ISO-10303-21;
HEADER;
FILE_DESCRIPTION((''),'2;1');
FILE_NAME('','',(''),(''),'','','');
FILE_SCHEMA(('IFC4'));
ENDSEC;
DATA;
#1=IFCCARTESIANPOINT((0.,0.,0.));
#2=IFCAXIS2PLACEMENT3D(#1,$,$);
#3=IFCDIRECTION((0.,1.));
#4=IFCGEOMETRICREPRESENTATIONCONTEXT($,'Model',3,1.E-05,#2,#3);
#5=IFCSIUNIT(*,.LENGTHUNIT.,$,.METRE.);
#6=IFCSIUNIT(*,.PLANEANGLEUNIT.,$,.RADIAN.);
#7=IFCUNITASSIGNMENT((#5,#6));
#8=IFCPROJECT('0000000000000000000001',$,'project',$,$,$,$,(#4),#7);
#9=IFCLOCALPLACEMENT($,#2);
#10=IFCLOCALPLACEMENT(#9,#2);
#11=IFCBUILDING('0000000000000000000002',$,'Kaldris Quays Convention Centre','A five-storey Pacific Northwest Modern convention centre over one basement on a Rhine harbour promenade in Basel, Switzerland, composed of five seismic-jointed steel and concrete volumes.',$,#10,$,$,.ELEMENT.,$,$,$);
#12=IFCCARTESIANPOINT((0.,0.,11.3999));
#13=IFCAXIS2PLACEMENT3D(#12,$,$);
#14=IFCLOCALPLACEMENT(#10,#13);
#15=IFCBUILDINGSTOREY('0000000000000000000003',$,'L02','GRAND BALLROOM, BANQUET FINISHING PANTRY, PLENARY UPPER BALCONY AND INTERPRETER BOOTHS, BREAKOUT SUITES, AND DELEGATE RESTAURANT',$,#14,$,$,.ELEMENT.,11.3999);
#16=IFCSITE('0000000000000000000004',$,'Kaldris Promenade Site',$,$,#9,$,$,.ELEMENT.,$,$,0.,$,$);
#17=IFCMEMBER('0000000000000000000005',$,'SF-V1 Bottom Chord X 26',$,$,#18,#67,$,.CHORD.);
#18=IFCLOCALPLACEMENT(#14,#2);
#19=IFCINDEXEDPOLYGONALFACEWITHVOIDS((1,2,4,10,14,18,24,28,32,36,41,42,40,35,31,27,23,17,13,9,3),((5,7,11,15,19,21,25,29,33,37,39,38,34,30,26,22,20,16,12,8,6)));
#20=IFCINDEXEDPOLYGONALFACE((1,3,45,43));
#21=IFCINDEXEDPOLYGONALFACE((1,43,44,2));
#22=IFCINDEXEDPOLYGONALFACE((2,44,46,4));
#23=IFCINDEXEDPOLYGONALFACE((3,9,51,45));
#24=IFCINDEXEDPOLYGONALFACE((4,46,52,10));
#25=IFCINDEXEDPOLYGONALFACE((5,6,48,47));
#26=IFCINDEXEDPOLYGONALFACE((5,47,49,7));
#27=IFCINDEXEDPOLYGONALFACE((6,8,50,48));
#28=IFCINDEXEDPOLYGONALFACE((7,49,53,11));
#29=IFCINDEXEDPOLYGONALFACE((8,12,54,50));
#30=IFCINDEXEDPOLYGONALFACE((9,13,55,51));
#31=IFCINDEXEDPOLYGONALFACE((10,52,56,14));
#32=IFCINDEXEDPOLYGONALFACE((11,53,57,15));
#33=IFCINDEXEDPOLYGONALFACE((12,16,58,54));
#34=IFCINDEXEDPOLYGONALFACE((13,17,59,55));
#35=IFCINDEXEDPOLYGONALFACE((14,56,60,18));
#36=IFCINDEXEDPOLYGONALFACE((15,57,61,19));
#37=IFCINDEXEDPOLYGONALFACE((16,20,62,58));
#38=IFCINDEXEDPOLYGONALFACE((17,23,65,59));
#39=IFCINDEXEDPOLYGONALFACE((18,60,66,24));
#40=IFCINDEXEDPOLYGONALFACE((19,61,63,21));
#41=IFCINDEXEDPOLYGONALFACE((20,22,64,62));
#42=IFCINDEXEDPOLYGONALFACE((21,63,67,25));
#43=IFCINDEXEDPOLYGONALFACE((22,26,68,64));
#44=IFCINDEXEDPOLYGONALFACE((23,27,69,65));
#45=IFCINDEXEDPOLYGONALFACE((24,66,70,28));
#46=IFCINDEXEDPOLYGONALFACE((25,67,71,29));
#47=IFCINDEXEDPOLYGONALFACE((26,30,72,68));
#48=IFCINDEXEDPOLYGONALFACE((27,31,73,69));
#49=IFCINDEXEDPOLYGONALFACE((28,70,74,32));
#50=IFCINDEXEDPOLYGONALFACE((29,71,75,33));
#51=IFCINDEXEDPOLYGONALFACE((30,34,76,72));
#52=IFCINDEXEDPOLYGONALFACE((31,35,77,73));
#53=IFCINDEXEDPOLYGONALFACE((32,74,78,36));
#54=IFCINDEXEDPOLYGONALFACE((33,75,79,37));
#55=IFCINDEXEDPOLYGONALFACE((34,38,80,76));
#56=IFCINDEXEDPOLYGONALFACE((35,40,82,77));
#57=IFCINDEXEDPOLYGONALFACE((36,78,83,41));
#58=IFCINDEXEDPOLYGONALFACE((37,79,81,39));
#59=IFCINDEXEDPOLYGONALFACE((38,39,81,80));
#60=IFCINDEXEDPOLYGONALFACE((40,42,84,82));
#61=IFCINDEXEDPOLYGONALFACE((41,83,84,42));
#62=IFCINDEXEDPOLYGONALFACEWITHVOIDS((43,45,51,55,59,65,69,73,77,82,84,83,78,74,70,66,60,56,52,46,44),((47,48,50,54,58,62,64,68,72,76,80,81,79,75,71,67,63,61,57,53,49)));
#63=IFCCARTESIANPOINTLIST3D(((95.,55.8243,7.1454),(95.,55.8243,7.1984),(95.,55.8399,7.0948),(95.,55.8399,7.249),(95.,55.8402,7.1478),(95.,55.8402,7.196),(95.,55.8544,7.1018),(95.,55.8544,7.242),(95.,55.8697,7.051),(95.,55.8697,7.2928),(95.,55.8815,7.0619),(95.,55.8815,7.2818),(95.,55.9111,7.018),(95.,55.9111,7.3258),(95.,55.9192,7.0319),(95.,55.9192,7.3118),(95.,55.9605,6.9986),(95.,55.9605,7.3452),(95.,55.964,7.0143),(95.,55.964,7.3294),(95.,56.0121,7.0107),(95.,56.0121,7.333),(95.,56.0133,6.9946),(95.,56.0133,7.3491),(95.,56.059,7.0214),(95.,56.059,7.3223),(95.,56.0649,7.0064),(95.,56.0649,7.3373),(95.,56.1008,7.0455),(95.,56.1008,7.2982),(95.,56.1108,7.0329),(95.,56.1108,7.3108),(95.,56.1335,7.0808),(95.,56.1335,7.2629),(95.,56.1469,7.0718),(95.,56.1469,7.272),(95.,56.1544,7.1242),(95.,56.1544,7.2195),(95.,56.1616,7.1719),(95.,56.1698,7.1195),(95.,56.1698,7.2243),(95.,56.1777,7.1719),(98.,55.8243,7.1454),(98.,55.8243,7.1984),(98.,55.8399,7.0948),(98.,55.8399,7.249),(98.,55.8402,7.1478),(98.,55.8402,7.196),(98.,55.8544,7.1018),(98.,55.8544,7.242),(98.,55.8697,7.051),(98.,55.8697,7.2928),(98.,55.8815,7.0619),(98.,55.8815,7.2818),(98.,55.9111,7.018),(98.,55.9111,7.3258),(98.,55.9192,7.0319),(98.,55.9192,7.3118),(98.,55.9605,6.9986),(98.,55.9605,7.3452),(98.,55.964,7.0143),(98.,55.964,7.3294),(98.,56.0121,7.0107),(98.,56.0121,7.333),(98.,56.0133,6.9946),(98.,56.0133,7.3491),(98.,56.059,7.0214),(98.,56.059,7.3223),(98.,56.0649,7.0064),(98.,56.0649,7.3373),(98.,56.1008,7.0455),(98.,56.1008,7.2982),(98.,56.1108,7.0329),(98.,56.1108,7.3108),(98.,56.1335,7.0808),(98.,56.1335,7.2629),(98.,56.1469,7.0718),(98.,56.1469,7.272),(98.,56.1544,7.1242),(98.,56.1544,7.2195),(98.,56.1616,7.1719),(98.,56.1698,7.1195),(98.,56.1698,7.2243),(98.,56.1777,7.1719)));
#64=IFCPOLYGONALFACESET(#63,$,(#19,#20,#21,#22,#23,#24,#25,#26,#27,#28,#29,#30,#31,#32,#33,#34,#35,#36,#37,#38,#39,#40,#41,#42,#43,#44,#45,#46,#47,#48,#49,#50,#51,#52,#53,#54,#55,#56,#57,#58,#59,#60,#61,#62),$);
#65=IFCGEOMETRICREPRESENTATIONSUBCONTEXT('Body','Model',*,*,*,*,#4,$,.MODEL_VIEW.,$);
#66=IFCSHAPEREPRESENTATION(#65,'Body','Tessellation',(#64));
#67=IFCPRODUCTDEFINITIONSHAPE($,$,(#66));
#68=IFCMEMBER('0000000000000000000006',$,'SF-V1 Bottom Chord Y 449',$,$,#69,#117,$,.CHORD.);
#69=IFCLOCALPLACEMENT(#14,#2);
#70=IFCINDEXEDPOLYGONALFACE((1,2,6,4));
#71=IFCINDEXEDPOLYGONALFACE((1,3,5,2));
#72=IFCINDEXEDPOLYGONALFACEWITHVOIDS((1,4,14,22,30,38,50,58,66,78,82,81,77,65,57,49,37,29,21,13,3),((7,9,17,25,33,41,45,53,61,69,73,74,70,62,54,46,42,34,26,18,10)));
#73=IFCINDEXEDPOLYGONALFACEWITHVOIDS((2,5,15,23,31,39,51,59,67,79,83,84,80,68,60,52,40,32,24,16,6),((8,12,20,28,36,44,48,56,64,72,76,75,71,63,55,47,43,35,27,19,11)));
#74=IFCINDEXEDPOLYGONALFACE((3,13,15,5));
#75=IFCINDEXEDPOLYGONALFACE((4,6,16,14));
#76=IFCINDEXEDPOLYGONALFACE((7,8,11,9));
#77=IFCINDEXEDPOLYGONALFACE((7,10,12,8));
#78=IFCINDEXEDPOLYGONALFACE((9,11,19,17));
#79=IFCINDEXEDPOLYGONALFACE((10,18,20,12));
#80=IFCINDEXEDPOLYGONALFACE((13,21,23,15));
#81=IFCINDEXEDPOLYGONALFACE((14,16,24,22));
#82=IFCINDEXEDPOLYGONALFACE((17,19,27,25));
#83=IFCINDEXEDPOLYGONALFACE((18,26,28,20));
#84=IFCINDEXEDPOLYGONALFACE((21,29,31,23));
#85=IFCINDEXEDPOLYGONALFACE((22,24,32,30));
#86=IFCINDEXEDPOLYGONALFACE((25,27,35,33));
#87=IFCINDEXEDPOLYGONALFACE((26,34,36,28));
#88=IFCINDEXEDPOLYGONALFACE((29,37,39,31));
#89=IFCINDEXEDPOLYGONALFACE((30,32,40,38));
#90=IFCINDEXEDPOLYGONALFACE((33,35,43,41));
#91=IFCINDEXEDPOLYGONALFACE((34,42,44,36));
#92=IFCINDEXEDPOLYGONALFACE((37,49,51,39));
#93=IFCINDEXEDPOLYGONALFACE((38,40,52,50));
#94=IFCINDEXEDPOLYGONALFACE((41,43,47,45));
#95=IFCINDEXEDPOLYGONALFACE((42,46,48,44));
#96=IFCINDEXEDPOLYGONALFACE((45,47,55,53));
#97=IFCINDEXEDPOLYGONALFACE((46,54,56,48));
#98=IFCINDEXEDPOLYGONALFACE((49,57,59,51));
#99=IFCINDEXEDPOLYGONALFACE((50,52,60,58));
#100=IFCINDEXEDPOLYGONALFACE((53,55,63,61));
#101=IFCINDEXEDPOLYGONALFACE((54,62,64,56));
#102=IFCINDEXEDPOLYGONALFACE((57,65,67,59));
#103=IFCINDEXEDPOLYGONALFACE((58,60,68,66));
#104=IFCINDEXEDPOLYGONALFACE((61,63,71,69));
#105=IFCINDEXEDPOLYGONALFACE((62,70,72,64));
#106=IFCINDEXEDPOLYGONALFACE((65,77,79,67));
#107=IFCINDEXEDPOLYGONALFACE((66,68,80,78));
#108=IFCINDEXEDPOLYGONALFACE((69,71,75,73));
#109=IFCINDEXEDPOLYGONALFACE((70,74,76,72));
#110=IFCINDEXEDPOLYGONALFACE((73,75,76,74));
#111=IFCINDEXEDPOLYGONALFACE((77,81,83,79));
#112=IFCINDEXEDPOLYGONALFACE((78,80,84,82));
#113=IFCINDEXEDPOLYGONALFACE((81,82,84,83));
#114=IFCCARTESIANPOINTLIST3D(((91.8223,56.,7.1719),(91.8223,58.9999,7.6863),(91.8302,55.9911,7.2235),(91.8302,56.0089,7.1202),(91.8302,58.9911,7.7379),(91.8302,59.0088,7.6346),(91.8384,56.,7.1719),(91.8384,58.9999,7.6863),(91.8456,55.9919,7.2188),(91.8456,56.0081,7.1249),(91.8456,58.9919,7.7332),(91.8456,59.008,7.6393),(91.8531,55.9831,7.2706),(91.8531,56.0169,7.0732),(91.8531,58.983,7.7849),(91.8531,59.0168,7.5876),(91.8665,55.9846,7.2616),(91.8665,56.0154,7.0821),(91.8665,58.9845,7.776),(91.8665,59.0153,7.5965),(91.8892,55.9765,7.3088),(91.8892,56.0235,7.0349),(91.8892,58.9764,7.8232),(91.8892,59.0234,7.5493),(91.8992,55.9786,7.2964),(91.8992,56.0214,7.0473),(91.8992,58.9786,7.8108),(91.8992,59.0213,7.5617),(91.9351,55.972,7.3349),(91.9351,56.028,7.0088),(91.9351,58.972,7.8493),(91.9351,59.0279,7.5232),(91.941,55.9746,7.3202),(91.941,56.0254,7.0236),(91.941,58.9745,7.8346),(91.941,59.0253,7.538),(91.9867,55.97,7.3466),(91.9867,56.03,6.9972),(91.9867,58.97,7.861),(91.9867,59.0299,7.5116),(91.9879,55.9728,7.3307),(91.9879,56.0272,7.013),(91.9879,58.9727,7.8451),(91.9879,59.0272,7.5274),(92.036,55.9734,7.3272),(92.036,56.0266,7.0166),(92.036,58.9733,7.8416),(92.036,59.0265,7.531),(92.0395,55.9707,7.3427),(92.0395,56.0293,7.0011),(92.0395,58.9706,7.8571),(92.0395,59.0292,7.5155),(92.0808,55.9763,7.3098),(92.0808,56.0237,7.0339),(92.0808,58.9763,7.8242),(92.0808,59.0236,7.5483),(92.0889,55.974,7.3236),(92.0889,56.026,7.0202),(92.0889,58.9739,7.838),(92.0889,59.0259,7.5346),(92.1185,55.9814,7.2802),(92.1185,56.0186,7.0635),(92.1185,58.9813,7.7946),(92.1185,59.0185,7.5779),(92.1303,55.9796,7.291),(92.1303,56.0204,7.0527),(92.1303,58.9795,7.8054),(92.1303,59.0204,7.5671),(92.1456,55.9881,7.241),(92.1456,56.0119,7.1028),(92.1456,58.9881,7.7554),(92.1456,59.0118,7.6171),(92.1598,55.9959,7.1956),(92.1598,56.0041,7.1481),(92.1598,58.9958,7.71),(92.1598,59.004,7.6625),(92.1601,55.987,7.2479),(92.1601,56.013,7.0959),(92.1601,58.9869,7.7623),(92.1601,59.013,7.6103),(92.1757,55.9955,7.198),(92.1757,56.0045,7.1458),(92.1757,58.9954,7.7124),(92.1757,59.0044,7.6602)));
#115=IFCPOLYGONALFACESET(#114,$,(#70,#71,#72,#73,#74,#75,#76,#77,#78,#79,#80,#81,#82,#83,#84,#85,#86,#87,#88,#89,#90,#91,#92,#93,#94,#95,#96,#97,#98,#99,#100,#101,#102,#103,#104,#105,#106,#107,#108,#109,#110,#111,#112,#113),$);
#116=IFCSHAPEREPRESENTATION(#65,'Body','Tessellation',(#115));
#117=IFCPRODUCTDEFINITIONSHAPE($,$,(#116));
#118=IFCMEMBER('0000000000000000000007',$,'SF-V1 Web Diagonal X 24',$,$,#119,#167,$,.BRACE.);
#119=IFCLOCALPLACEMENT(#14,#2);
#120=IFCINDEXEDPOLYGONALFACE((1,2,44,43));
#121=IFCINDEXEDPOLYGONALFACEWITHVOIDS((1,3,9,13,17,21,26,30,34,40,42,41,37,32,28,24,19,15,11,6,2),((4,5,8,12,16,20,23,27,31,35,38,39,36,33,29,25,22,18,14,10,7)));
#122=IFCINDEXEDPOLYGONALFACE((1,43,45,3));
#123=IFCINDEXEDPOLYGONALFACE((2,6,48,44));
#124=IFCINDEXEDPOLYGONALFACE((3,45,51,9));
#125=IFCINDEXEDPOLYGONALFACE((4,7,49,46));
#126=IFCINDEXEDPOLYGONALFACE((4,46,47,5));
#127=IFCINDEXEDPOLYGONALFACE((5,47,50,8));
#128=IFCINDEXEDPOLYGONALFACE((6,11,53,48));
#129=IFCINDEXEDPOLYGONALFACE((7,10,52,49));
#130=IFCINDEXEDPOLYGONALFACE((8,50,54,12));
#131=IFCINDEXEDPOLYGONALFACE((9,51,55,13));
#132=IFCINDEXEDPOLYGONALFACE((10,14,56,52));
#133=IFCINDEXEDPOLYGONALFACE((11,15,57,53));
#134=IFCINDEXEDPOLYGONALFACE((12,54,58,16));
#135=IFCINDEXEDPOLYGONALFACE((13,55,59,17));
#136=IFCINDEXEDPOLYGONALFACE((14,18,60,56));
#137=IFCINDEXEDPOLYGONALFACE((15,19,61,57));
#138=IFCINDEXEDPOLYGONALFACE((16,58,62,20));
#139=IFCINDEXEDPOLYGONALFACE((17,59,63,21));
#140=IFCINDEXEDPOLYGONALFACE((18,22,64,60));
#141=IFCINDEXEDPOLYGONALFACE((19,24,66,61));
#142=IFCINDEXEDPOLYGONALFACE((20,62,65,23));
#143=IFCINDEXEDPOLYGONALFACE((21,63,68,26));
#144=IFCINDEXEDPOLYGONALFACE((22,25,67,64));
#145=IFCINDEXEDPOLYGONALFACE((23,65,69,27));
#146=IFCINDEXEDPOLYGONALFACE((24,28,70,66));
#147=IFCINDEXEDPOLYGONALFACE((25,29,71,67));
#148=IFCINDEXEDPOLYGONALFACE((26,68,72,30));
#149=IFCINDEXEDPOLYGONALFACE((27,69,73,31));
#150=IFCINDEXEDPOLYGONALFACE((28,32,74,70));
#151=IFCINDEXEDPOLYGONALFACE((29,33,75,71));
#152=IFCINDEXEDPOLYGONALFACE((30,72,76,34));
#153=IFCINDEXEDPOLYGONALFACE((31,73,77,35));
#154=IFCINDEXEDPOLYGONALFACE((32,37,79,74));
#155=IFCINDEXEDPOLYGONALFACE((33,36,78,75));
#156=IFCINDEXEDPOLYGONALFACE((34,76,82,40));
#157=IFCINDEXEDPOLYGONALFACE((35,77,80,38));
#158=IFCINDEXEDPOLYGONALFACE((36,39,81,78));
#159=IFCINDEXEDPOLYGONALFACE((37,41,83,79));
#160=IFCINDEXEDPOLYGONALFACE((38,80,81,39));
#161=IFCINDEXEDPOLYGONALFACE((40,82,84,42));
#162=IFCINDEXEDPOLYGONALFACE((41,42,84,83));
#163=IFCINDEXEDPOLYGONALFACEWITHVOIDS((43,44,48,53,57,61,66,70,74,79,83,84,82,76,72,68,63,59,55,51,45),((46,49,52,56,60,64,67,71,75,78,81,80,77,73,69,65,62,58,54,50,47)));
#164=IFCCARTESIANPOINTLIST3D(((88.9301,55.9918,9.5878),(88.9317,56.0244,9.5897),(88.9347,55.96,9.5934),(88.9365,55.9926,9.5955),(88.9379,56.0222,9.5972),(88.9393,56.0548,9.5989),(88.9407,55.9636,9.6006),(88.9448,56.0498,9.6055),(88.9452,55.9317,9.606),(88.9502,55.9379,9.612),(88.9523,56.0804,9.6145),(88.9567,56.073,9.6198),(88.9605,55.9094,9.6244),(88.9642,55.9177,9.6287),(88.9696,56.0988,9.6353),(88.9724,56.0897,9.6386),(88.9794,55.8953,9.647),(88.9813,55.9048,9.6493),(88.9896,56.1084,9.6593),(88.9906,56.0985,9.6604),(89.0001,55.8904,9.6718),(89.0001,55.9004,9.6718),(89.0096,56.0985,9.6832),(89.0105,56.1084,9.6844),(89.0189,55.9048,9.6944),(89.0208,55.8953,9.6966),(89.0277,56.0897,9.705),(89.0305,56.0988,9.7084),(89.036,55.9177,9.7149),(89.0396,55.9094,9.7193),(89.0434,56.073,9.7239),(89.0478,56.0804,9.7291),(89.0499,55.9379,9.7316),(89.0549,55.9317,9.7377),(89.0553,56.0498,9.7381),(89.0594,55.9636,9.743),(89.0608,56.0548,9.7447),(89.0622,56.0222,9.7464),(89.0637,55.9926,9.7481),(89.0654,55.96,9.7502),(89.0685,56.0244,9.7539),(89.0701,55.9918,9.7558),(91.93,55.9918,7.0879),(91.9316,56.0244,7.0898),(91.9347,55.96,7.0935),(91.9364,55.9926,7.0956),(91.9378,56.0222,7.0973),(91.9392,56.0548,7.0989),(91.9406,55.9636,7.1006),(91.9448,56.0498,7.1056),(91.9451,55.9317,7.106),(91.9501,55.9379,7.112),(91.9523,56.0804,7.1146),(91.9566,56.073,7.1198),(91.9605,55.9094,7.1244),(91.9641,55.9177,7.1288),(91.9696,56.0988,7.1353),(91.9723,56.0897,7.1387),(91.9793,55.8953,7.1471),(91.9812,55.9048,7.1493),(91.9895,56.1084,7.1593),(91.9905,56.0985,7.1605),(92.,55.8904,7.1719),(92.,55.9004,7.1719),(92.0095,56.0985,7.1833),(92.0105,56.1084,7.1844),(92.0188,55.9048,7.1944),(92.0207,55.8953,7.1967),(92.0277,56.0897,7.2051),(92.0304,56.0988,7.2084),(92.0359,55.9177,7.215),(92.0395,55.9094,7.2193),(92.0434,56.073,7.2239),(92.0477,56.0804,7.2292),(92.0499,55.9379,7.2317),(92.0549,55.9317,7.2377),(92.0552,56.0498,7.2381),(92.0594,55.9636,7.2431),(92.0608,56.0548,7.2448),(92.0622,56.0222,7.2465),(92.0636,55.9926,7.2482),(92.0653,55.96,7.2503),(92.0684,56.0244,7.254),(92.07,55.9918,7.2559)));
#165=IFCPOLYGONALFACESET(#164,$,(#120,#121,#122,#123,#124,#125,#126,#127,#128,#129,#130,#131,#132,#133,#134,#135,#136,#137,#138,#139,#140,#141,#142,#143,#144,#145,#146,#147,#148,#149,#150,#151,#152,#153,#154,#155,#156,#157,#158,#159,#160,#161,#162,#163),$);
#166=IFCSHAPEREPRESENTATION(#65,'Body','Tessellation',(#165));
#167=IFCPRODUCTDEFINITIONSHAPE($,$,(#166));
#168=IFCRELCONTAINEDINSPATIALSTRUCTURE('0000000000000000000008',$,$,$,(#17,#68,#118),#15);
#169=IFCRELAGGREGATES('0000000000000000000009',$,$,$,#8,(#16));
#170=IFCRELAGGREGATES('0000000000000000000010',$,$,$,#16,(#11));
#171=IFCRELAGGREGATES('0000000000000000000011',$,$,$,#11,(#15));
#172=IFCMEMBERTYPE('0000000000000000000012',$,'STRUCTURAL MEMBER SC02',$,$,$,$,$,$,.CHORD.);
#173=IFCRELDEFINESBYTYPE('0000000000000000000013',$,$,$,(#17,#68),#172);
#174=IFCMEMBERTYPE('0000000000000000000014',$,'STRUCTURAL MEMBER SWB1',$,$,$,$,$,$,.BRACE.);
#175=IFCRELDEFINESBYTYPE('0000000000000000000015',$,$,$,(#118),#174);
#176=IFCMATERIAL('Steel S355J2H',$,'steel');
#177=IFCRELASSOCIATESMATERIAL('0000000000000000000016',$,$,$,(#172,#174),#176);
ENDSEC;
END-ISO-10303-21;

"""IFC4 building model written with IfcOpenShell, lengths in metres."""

from ifc_helpers import new_model, si_unit, direction, frame, origin, origin_2d, place, context, subcontext, project, spatial, hollow_circle, extrude, material, material_profile, profile_set, type_object, element, save


model = new_model("IFC4")

# Units and contexts
model_context = context("Model", 3, precision=1e-05, world=origin(), true_north=direction((0.0, 1.0)))
body_context = subcontext(model_context, "Body", "Model", "MODEL_VIEW")
ifc_project = project(units=[si_unit("LENGTHUNIT", "METRE"), si_unit("PLANEANGLEUNIT", "RADIAN")], contexts=[model_context])

# Site, building, storey
site_placement = place(None, origin())
site = spatial("IfcSite", under=ifc_project, at=site_placement, Name="Kaldris Promenade Site", CompositionType="ELEMENT", RefElevation=0.0)
building_placement = place(site_placement, origin())
building = spatial("IfcBuilding", under=site, at=building_placement, Name="Kaldris Quays Convention Centre", Description="A five-storey Pacific Northwest Modern convention centre over one basement on a Rhine harbour promenade in Basel, Switzerland, composed of five seismic-jointed steel and concrete volumes.", CompositionType="ELEMENT")
storey_placement = place(building_placement, frame((0.0, 0.0, 11.3999)))
storey = spatial("IfcBuildingStorey", under=building, at=storey_placement, Name="L02", Description="GRAND BALLROOM, BANQUET FINISHING PANTRY, PLENARY UPPER BALCONY AND INTERPRETER BOOTHS, BREAKOUT SUITES, AND DELEGATE RESTAURANT", CompositionType="ELEMENT", Elevation=11.3999)

# Members
ifc_material_1 = material(Name="Steel S355J2H", Category="steel")
ifc_material_profile_1 = material_profile(ifc_material_1, hollow_circle(Radius=0.1777, WallThickness=0.0161, at=origin_2d()), Name="CHS 355.6x16")
ifc_profile_set_1 = profile_set([ifc_material_profile_1], Name="Steel S355J2H")
member_type_1 = type_object("IfcMemberType", Name="STRUCTURAL MEMBER SC02", PredefinedType="CHORD", material=ifc_profile_set_1)
for number, where, z_axis, x_axis, name in (
    (1, (95.0, 56.0, 7.1719), (1.0, 0.0, 0.0), (0.0, 1.0, 0.0), "SF-V1 Bottom Chord X 26"),
):
    element("IfcMember", number, at=place(storey_placement, frame(where, z_axis=z_axis, x_axis=x_axis)), inside=storey, type_object=member_type_1, Name=name, PredefinedType="CHORD", context=body_context, shape_type="SweptSolid", body=[
        extrude(hollow_circle(Radius=0.1777, WallThickness=0.0161, at=origin_2d()), origin(), (0.0, 0.0, 1.0), 3.0),
    ])
member_1_placement = place(storey_placement, frame((92.0, 56.0, 7.1719), z_axis=(0.0, 0.985616, 0.169002), x_axis=(-1.0, 0.0, 0.0)))
element("IfcMember", 2, at=member_1_placement, inside=storey, type_object=member_type_1, Name="SF-V1 Bottom Chord Y 449", PredefinedType="CHORD", context=body_context, shape_type="SweptSolid", body=[
    extrude(hollow_circle(Radius=0.1777, WallThickness=0.0161, at=origin_2d()), origin(), (0.0, 0.0, 1.0), 3.0437),
])
ifc_material_profile_2 = material_profile(ifc_material_1, hollow_circle(Radius=0.1096, WallThickness=0.01, at=origin_2d()), Name="CHS 219.1x10")
ifc_profile_set_2 = profile_set([ifc_material_profile_2], Name="Steel S355J2H")
member_type_2 = type_object("IfcMemberType", Name="STRUCTURAL MEMBER SWB1", PredefinedType="BRACE", material=ifc_profile_set_2)
member_2_placement = place(storey_placement, frame((92.0, 56.0, 7.1719), z_axis=(-0.768221, 0.0, 0.640184), x_axis=(0.0, -1.0, 0.0)))
element("IfcMember", 3, at=member_2_placement, inside=storey, type_object=member_type_2, Name="SF-V1 Web Diagonal X 24", PredefinedType="BRACE", context=body_context, shape_type="SweptSolid", body=[
    extrude(hollow_circle(Radius=0.1096, WallThickness=0.01, at=origin_2d()), origin(), (0.0, 0.0, 1.0), 3.905),
])

save(model, "model.ifc")
